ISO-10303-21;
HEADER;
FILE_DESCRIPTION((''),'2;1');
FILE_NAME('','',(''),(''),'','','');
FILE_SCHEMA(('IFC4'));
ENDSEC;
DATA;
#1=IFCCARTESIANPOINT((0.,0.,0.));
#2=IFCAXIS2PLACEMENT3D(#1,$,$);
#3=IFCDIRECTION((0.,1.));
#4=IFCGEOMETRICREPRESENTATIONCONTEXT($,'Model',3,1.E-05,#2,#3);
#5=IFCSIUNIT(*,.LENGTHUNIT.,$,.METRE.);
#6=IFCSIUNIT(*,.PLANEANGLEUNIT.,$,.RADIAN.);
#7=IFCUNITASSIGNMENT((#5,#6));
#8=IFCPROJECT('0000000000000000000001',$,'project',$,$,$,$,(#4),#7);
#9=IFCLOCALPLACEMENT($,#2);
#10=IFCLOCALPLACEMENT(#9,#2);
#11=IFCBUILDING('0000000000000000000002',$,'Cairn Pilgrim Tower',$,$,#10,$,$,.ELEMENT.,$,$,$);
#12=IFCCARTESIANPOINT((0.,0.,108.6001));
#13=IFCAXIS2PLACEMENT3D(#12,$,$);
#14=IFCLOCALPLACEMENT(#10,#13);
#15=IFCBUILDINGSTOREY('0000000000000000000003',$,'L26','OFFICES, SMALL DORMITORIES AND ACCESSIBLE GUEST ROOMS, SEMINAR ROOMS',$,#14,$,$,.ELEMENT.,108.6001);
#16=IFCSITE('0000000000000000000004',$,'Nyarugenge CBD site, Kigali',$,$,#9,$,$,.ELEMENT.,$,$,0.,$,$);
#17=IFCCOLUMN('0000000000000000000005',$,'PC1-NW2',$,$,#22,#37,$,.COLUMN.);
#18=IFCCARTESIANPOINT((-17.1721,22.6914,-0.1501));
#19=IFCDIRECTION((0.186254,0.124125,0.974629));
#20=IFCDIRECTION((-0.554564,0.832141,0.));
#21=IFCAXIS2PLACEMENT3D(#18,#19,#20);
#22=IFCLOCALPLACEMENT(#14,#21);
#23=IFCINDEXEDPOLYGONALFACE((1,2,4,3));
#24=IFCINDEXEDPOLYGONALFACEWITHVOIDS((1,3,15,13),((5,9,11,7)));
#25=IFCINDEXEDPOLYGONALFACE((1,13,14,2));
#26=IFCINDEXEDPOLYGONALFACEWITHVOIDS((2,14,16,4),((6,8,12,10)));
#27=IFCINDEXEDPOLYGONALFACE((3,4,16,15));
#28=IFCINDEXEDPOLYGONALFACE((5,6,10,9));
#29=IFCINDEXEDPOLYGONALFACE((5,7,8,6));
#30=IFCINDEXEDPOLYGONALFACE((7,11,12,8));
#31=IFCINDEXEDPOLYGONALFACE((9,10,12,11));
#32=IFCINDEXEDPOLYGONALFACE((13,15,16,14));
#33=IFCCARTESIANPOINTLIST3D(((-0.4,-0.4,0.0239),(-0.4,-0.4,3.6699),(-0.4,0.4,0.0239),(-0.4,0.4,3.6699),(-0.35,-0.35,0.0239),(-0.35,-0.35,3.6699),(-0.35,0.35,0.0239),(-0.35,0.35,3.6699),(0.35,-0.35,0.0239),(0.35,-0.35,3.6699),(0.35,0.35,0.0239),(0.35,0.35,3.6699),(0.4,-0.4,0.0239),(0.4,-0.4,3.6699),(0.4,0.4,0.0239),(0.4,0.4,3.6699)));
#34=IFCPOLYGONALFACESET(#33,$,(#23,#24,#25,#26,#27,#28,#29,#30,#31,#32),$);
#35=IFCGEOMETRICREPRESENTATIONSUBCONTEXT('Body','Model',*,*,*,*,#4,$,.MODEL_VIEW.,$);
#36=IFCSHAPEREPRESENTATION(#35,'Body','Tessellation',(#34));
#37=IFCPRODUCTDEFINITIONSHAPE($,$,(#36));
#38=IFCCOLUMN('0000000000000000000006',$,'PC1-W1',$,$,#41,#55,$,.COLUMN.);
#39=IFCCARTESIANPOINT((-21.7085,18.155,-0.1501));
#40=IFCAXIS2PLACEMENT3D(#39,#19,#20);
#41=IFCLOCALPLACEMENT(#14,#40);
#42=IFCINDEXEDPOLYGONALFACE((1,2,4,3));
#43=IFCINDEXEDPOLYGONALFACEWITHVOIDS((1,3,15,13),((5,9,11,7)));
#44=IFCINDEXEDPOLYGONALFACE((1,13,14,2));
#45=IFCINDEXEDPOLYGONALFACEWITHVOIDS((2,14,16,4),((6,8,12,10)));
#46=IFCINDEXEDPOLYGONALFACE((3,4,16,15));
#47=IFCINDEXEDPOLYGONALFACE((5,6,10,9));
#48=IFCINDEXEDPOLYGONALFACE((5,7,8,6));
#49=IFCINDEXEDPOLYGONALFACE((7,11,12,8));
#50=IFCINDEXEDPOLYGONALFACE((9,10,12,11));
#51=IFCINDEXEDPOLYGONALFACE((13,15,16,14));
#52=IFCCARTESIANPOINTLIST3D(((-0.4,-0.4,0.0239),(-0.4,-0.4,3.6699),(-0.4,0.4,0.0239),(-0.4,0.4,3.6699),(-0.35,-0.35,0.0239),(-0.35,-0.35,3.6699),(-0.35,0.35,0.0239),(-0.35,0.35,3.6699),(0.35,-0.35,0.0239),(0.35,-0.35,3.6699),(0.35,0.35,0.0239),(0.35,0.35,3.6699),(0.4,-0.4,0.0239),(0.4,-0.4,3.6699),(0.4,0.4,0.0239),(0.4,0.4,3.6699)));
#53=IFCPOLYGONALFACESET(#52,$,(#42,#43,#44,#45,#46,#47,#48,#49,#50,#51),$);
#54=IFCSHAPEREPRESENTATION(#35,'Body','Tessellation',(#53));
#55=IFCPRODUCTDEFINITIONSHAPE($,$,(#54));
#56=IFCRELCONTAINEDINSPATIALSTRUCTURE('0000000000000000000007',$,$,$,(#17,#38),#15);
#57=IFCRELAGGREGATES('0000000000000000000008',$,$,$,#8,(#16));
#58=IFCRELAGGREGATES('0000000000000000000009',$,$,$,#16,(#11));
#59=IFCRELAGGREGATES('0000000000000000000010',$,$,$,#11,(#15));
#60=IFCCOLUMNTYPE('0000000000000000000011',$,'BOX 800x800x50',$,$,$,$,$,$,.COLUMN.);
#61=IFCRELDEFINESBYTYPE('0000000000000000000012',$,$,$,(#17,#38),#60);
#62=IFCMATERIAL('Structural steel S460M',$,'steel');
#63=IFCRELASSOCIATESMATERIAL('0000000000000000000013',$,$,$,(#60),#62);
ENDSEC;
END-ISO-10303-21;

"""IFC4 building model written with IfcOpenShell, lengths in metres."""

from ifc_helpers import new_model, si_unit, direction, frame, origin, origin_2d, place, context, subcontext, project, spatial, hollow_rectangle, extrude, clip, halfspace, material, material_profile, profile_set, type_object, element, save


model = new_model("IFC4")

# Units and contexts
model_context = context("Model", 3, precision=1e-05, world=origin(), true_north=direction((0.0, 1.0)))
body_context = subcontext(model_context, "Body", "Model", "MODEL_VIEW")
ifc_project = project(units=[si_unit("LENGTHUNIT", "METRE"), si_unit("PLANEANGLEUNIT", "RADIAN")], contexts=[model_context])

# Site, building, storey
site_placement = place(None, origin())
site = spatial("IfcSite", under=ifc_project, at=site_placement, Name="Nyarugenge CBD site, Kigali", CompositionType="ELEMENT", RefElevation=0.0)
building_placement = place(site_placement, origin())
building = spatial("IfcBuilding", under=site, at=building_placement, Name="Cairn Pilgrim Tower", CompositionType="ELEMENT")
storey_placement = place(building_placement, frame((0.0, 0.0, 108.6001)))
storey = spatial("IfcBuildingStorey", under=building, at=storey_placement, Name="L26", Description="OFFICES, SMALL DORMITORIES AND ACCESSIBLE GUEST ROOMS, SEMINAR ROOMS", CompositionType="ELEMENT", Elevation=108.6001)

# Columns
ifc_material_1 = material(Name="Structural steel S460M", Category="steel")
ifc_material_profile_1 = material_profile(ifc_material_1, hollow_rectangle(XDim=0.8, YDim=0.8, WallThickness=0.05, at=origin_2d()), Name="BOX 800x800x50")
ifc_profile_set_1 = profile_set([ifc_material_profile_1], Name="Structural steel S460M")
column_type_1 = type_object("IfcColumnType", Name="BOX 800x800x50", PredefinedType="COLUMN", material=ifc_profile_set_1)
for number, where, z_axis, x_axis, name in (
    (1, (-17.1721, 22.6914, -0.1501), (0.186254, 0.124125, 0.974629), (-0.554564, 0.832141, 0.0), "PC1-NW2"),
    (2, (-21.7085, 18.155, -0.1501), (0.186254, 0.124125, 0.974629), (-0.554564, 0.832141, 0.0), "PC1-W1"),
):
    element("IfcColumn", number, at=place(storey_placement, frame(where, z_axis=z_axis, x_axis=x_axis)), inside=storey, type_object=column_type_1, Name=name, PredefinedType="COLUMN", context=body_context, shape_type="Clipping", body=[
        clip(clip(extrude(hollow_rectangle(XDim=0.8, YDim=0.8, WallThickness=0.05, at=origin_2d()), origin(), (0.0, 0.0, 1.0), 3.6938), halfspace(frame((0.0, 0.0, 0.0239), z_axis=(0.0, 0.0, 1.0), x_axis=(1.0, 0.0, 0.0)), True)), halfspace(frame((0.0, 0.0, 3.6699), z_axis=(0.0, 0.0, 1.0), x_axis=(1.0, 0.0, 0.0)), False)),
    ])

save(model, "model.ifc")
